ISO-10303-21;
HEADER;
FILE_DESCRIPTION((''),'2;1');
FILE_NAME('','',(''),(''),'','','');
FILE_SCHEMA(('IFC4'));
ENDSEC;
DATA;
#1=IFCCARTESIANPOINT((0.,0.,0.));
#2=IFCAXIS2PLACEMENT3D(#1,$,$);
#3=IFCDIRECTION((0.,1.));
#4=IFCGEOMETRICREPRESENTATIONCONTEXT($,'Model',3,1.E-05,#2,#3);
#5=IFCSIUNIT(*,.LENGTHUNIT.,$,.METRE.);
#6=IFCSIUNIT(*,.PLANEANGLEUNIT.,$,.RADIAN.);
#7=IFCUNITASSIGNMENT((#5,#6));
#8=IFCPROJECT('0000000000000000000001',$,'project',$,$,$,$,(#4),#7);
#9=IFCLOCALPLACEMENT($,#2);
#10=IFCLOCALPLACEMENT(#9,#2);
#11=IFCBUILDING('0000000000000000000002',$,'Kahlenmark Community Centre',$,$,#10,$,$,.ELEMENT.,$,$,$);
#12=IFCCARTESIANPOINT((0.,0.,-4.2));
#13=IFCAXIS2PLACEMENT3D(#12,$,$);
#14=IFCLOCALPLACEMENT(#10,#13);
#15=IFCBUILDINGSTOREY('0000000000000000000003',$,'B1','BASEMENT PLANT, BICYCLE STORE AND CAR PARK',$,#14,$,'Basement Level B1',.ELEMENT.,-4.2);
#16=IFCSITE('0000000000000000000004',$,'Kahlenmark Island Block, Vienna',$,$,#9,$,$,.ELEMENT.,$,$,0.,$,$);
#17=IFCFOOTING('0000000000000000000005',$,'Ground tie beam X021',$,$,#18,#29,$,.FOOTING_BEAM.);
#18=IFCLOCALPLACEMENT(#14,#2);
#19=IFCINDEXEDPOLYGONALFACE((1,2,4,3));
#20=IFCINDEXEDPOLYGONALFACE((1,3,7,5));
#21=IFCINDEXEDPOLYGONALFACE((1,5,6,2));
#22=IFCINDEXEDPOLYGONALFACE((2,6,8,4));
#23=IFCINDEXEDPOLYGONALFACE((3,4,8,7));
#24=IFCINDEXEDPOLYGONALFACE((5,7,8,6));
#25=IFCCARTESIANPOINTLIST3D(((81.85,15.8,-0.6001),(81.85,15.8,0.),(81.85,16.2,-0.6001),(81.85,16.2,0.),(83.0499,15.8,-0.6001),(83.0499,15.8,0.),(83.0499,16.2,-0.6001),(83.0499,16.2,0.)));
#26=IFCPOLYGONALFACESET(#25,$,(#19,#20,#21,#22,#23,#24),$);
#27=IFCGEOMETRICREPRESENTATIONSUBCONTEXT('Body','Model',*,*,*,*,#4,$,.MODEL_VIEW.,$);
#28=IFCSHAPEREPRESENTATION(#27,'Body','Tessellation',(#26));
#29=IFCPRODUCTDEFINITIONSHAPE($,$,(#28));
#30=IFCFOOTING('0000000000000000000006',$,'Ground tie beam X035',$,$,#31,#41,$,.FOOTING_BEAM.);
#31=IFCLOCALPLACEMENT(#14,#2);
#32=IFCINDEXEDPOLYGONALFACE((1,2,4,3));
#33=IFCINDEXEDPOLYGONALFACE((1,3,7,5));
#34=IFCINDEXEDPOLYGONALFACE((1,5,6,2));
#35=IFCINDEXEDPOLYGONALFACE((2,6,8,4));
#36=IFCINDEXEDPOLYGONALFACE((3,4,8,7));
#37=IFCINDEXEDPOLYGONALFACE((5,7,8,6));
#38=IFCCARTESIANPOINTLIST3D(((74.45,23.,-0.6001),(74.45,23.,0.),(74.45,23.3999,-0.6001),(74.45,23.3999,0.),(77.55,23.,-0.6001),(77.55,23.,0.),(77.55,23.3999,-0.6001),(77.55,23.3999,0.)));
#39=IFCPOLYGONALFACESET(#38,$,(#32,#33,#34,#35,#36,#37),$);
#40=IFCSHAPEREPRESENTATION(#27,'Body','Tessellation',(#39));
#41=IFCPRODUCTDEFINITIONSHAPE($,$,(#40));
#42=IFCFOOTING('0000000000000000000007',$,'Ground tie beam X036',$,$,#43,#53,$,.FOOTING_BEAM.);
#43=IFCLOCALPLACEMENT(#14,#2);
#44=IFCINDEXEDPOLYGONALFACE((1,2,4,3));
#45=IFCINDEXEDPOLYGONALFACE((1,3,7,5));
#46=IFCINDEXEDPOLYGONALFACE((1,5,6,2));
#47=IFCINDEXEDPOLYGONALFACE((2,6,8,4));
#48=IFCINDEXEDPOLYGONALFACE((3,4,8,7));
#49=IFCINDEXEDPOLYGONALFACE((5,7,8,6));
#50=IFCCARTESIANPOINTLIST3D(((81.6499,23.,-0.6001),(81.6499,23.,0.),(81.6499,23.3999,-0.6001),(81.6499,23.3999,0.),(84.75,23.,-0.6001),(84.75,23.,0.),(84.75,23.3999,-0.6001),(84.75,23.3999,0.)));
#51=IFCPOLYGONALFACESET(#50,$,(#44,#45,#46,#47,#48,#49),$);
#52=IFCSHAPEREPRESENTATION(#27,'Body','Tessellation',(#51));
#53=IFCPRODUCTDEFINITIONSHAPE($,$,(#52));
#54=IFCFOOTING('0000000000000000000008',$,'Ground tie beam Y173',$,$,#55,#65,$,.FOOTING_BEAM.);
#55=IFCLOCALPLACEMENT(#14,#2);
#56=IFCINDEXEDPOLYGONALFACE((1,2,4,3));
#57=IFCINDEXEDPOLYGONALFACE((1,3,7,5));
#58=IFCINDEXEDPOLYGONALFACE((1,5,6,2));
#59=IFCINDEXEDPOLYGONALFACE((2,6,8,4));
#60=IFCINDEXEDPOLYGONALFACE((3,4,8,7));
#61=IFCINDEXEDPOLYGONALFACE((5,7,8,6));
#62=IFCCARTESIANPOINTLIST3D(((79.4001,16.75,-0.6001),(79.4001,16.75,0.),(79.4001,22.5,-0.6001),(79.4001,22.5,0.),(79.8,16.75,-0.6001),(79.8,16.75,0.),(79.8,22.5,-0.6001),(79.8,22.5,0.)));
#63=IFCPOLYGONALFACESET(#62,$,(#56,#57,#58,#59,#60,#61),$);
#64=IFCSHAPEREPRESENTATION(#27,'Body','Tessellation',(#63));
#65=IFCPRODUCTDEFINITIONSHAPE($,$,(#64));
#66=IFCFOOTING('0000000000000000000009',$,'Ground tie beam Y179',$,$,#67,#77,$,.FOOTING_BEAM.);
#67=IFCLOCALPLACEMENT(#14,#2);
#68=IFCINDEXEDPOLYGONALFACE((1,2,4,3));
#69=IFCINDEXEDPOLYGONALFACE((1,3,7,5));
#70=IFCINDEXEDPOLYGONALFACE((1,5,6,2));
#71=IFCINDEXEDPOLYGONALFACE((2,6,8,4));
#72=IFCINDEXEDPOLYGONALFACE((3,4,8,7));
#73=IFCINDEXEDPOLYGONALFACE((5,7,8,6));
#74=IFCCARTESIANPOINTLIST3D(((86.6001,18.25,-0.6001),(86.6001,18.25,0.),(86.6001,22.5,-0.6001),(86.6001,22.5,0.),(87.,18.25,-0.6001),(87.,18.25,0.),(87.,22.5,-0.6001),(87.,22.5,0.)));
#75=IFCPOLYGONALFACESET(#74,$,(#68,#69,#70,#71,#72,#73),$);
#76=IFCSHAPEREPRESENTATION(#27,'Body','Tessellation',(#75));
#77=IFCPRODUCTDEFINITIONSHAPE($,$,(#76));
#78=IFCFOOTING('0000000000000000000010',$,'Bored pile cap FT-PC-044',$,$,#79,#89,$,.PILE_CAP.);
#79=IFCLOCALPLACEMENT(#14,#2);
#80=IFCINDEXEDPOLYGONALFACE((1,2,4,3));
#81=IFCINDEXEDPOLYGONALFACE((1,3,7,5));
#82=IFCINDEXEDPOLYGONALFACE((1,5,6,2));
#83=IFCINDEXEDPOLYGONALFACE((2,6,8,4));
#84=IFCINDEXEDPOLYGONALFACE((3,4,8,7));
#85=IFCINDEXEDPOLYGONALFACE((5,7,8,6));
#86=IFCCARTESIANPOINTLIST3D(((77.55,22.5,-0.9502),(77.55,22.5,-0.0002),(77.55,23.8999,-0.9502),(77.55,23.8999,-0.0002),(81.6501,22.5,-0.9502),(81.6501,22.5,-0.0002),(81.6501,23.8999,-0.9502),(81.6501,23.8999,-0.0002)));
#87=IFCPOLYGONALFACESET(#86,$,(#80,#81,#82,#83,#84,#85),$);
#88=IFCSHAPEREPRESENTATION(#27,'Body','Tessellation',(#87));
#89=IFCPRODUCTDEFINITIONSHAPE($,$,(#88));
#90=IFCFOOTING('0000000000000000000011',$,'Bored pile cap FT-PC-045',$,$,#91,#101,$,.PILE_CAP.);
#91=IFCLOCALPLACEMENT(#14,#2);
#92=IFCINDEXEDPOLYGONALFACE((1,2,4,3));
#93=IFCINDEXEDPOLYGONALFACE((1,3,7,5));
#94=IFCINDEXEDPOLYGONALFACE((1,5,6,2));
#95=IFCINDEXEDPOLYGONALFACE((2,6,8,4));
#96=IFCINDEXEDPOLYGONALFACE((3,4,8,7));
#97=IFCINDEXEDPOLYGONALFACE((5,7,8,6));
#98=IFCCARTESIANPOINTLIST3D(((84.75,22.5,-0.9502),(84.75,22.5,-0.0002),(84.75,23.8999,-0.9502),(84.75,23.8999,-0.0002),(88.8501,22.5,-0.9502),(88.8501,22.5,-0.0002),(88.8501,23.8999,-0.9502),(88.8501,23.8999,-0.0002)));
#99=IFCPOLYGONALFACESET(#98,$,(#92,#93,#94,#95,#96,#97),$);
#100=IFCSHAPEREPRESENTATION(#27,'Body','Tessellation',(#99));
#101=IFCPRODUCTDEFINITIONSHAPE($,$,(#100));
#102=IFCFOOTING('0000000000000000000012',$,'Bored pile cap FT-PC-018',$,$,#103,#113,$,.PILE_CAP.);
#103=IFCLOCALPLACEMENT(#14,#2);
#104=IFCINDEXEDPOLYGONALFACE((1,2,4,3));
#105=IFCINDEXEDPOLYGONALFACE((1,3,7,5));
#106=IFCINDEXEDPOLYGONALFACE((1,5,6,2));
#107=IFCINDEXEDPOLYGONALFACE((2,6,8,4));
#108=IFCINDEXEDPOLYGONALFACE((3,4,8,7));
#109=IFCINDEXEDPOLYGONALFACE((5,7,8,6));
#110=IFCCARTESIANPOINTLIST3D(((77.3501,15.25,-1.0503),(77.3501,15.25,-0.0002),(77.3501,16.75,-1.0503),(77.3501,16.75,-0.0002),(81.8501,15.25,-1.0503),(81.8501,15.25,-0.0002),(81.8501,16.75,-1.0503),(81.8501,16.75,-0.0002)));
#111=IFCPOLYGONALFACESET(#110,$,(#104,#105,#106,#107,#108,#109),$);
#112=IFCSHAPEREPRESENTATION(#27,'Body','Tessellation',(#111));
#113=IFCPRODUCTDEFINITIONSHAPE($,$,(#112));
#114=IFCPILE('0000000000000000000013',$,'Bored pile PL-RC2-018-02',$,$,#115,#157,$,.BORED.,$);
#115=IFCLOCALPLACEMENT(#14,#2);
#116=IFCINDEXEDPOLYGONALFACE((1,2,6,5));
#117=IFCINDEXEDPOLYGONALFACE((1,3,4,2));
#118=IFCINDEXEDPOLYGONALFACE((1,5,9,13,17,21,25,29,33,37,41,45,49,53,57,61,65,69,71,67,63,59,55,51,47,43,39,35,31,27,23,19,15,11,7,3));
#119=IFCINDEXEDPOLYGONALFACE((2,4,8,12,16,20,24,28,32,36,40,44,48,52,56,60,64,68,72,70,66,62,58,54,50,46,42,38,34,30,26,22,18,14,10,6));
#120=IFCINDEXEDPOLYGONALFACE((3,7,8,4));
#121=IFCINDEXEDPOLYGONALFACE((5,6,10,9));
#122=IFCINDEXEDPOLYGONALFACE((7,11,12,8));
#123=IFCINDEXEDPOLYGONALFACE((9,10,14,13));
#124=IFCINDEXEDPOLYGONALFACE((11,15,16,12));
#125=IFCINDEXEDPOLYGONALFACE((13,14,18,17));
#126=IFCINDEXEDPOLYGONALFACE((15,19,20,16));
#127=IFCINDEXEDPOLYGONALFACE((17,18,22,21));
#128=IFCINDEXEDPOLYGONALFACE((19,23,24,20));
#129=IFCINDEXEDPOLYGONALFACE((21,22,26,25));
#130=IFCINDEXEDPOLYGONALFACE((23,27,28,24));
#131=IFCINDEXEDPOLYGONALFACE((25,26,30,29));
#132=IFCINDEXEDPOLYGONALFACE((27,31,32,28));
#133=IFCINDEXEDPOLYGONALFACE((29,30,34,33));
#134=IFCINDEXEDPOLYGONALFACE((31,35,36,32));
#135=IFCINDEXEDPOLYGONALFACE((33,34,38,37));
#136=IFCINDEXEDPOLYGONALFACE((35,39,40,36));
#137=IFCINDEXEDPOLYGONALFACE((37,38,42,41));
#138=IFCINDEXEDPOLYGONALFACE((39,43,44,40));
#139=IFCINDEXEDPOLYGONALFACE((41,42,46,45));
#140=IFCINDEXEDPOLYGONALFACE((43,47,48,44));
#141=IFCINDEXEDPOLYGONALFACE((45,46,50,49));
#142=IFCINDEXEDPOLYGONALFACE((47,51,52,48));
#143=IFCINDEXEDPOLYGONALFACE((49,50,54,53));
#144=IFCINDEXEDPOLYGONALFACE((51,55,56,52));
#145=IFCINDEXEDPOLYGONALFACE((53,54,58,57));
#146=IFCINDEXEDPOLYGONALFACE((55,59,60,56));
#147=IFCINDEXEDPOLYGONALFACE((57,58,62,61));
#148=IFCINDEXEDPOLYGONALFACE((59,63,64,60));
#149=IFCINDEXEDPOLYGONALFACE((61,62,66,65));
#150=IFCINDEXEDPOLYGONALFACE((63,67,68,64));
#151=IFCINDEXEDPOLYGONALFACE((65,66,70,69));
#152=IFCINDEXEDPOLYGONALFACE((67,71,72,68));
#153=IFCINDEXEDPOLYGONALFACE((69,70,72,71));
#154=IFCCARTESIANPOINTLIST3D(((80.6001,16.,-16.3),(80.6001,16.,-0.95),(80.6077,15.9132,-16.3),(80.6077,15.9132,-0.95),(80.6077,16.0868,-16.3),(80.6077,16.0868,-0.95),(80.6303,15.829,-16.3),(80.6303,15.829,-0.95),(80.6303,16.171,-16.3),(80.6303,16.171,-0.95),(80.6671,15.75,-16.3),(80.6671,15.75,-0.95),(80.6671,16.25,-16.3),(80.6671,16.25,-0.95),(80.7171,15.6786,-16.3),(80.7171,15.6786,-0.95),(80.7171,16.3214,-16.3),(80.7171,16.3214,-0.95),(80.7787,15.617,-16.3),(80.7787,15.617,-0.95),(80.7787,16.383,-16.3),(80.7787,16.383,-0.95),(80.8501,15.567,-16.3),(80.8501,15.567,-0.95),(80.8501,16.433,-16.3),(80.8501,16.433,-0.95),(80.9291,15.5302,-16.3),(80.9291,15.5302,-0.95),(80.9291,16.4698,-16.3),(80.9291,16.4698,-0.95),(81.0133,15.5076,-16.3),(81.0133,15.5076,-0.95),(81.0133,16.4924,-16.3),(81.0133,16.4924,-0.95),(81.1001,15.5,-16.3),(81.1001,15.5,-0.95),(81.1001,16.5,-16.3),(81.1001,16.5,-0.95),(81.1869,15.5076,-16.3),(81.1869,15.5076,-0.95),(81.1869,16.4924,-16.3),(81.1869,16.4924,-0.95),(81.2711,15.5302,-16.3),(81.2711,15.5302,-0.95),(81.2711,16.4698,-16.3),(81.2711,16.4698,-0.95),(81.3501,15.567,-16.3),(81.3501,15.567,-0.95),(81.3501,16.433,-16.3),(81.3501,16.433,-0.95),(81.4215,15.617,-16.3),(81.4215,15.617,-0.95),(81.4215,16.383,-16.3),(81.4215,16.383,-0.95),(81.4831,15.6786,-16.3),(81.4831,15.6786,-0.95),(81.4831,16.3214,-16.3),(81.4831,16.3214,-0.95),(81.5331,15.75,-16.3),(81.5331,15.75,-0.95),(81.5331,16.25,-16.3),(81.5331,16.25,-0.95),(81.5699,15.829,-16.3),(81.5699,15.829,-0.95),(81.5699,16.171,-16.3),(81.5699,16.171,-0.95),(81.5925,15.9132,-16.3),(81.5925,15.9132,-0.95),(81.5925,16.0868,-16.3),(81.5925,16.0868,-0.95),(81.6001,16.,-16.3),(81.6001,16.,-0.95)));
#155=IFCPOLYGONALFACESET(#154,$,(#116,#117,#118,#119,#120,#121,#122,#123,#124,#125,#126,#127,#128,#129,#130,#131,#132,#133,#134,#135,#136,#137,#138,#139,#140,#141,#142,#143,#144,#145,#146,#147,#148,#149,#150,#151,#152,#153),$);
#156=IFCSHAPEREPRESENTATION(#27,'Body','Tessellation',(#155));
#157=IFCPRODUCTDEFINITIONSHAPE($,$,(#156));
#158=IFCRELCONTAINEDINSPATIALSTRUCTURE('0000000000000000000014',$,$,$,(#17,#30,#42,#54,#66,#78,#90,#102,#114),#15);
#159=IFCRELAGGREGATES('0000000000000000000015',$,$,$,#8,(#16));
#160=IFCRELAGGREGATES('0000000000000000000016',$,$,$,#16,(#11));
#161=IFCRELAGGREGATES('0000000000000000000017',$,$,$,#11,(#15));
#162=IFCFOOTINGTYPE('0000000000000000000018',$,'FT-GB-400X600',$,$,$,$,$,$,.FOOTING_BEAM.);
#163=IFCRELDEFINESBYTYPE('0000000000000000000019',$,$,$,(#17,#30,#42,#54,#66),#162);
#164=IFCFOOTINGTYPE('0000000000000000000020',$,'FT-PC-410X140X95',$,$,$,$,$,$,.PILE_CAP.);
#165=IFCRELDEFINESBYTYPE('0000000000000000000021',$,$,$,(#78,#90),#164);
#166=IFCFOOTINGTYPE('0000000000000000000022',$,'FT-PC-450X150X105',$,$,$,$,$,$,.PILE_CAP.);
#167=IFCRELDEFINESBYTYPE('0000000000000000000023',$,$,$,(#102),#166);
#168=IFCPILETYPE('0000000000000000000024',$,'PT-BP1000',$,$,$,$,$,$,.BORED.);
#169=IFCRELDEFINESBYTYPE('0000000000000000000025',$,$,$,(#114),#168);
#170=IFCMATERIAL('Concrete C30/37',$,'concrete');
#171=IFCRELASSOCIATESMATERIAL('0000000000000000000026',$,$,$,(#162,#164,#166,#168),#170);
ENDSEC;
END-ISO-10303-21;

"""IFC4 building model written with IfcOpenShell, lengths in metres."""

from ifc_helpers import new_model, si_unit, direction, frame, origin, origin_2d, place, context, subcontext, project, spatial, rectangle, circle, extrude, material, material_profile, profile_set, type_object, element, save


model = new_model("IFC4")

# Units and contexts
model_context = context("Model", 3, precision=1e-05, world=origin(), true_north=direction((0.0, 1.0)))
body_context = subcontext(model_context, "Body", "Model", "MODEL_VIEW")
ifc_project = project(units=[si_unit("LENGTHUNIT", "METRE"), si_unit("PLANEANGLEUNIT", "RADIAN")], contexts=[model_context])

# Site, building, storey
site_placement = place(None, origin())
site = spatial("IfcSite", under=ifc_project, at=site_placement, Name="Kahlenmark Island Block, Vienna", CompositionType="ELEMENT", RefElevation=0.0)
building_placement = place(site_placement, origin())
building = spatial("IfcBuilding", under=site, at=building_placement, Name="Kahlenmark Community Centre", CompositionType="ELEMENT")
storey_placement = place(building_placement, frame((0.0, 0.0, -4.2)))
storey = spatial("IfcBuildingStorey", under=building, at=storey_placement, Name="B1", Description="BASEMENT PLANT, BICYCLE STORE AND CAR PARK", LongName="Basement Level B1", CompositionType="ELEMENT", Elevation=-4.2)

# Footings
ifc_material_1 = material(Name="Concrete C30/37", Category="concrete")
footing_type_1 = type_object("IfcFootingType", Name="FT-GB-400X600", PredefinedType="FOOTING_BEAM", material=ifc_material_1)
footing_1_placement = place(storey_placement, frame((82.45, 16.0, -0.6001), z_axis=(0.0, 0.0, 1.0), x_axis=(1.0, 0.0, 0.0)))
element("IfcFooting", 1, at=footing_1_placement, inside=storey, type_object=footing_type_1, Name="Ground tie beam X021", PredefinedType="FOOTING_BEAM", context=body_context, shape_type="SweptSolid", body=[
    extrude(rectangle(XDim=1.2, YDim=0.3999, at=origin_2d()), origin(), (0.0, 0.0, 1.0), 0.6001),
])
for number, where, z_axis, x_axis, name in (
    (2, (76.0, 23.2, -0.6001), (0.0, 0.0, 1.0), (1.0, 0.0, 0.0), "Ground tie beam X035"),
    (3, (83.2, 23.2, -0.6001), (0.0, 0.0, 1.0), (1.0, 0.0, 0.0), "Ground tie beam X036"),
):
    element("IfcFooting", number, at=place(storey_placement, frame(where, z_axis=z_axis, x_axis=x_axis)), inside=storey, type_object=footing_type_1, Name=name, PredefinedType="FOOTING_BEAM", context=body_context, shape_type="SweptSolid", body=[
        extrude(rectangle(XDim=3.1001, YDim=0.3999, at=origin_2d()), origin(), (0.0, 0.0, 1.0), 0.6001),
    ])
footing_2_placement = place(storey_placement, frame((79.6001, 19.625, -0.6001), z_axis=(0.0, 0.0, 1.0), x_axis=(1.0, 0.0, 0.0)))
element("IfcFooting", 4, at=footing_2_placement, inside=storey, type_object=footing_type_1, Name="Ground tie beam Y173", PredefinedType="FOOTING_BEAM", context=body_context, shape_type="SweptSolid", body=[
    extrude(rectangle(XDim=0.3999, YDim=5.75, at=origin_2d()), origin(), (0.0, 0.0, 1.0), 0.6001),
])
footing_3_placement = place(storey_placement, frame((86.8, 20.375, -0.6001), z_axis=(0.0, 0.0, 1.0), x_axis=(1.0, 0.0, 0.0)))
element("IfcFooting", 5, at=footing_3_placement, inside=storey, type_object=footing_type_1, Name="Ground tie beam Y179", PredefinedType="FOOTING_BEAM", context=body_context, shape_type="SweptSolid", body=[
    extrude(rectangle(XDim=0.3999, YDim=4.25, at=origin_2d()), origin(), (0.0, 0.0, 1.0), 0.6001),
])
footing_type_2 = type_object("IfcFootingType", Name="FT-PC-410X140X95", PredefinedType="PILE_CAP", material=ifc_material_1)
for number, where, z_axis, x_axis, name in (
    (6, (79.6001, 23.2, -0.9502), (0.0, 0.0, 1.0), (1.0, 0.0, 0.0), "Bored pile cap FT-PC-044"),
    (7, (86.8, 23.2, -0.9502), (0.0, 0.0, 1.0), (1.0, 0.0, 0.0), "Bored pile cap FT-PC-045"),
):
    element("IfcFooting", number, at=place(storey_placement, frame(where, z_axis=z_axis, x_axis=x_axis)), inside=storey, type_object=footing_type_2, Name=name, PredefinedType="PILE_CAP", context=body_context, shape_type="SweptSolid", body=[
        extrude(rectangle(XDim=4.1001, YDim=1.3999, at=origin_2d()), origin(), (0.0, 0.0, 1.0), 0.95),
    ])
footing_type_3 = type_object("IfcFootingType", Name="FT-PC-450X150X105", PredefinedType="PILE_CAP", material=ifc_material_1)
footing_4_placement = place(storey_placement, frame((79.6001, 16.0, -1.0503), z_axis=(0.0, 0.0, 1.0), x_axis=(1.0, 0.0, 0.0)))
element("IfcFooting", 8, at=footing_4_placement, inside=storey, type_object=footing_type_3, Name="Bored pile cap FT-PC-018", PredefinedType="PILE_CAP", context=body_context, shape_type="SweptSolid", body=[
    extrude(rectangle(XDim=4.5, YDim=1.5, at=origin_2d()), origin(), (0.0, 0.0, 1.0), 1.05),
])

# Pile
ifc_material_profile_1 = material_profile(ifc_material_1, circle(Radius=0.5, at=origin_2d()), Name="BORED PILE 1000")
ifc_profile_set_1 = profile_set([ifc_material_profile_1], Name="Concrete C30/37")
pile_type_1 = type_object("IfcPileType", Name="PT-BP1000", PredefinedType="BORED", material=ifc_profile_set_1)
pile_placement = place(storey_placement, frame((81.1001, 16.0, -0.95), z_axis=(0.0, 0.0, -1.0), x_axis=(1.0, 0.0, 0.0)))
element("IfcPile", 9, at=pile_placement, inside=storey, type_object=pile_type_1, Name="Bored pile PL-RC2-018-02", PredefinedType="BORED", context=body_context, shape_type="SweptSolid", body=[
    extrude(circle(Radius=0.5, at=origin_2d()), origin(), (0.0, 0.0, 1.0), 15.3501),
])

save(model, "model.ifc")
